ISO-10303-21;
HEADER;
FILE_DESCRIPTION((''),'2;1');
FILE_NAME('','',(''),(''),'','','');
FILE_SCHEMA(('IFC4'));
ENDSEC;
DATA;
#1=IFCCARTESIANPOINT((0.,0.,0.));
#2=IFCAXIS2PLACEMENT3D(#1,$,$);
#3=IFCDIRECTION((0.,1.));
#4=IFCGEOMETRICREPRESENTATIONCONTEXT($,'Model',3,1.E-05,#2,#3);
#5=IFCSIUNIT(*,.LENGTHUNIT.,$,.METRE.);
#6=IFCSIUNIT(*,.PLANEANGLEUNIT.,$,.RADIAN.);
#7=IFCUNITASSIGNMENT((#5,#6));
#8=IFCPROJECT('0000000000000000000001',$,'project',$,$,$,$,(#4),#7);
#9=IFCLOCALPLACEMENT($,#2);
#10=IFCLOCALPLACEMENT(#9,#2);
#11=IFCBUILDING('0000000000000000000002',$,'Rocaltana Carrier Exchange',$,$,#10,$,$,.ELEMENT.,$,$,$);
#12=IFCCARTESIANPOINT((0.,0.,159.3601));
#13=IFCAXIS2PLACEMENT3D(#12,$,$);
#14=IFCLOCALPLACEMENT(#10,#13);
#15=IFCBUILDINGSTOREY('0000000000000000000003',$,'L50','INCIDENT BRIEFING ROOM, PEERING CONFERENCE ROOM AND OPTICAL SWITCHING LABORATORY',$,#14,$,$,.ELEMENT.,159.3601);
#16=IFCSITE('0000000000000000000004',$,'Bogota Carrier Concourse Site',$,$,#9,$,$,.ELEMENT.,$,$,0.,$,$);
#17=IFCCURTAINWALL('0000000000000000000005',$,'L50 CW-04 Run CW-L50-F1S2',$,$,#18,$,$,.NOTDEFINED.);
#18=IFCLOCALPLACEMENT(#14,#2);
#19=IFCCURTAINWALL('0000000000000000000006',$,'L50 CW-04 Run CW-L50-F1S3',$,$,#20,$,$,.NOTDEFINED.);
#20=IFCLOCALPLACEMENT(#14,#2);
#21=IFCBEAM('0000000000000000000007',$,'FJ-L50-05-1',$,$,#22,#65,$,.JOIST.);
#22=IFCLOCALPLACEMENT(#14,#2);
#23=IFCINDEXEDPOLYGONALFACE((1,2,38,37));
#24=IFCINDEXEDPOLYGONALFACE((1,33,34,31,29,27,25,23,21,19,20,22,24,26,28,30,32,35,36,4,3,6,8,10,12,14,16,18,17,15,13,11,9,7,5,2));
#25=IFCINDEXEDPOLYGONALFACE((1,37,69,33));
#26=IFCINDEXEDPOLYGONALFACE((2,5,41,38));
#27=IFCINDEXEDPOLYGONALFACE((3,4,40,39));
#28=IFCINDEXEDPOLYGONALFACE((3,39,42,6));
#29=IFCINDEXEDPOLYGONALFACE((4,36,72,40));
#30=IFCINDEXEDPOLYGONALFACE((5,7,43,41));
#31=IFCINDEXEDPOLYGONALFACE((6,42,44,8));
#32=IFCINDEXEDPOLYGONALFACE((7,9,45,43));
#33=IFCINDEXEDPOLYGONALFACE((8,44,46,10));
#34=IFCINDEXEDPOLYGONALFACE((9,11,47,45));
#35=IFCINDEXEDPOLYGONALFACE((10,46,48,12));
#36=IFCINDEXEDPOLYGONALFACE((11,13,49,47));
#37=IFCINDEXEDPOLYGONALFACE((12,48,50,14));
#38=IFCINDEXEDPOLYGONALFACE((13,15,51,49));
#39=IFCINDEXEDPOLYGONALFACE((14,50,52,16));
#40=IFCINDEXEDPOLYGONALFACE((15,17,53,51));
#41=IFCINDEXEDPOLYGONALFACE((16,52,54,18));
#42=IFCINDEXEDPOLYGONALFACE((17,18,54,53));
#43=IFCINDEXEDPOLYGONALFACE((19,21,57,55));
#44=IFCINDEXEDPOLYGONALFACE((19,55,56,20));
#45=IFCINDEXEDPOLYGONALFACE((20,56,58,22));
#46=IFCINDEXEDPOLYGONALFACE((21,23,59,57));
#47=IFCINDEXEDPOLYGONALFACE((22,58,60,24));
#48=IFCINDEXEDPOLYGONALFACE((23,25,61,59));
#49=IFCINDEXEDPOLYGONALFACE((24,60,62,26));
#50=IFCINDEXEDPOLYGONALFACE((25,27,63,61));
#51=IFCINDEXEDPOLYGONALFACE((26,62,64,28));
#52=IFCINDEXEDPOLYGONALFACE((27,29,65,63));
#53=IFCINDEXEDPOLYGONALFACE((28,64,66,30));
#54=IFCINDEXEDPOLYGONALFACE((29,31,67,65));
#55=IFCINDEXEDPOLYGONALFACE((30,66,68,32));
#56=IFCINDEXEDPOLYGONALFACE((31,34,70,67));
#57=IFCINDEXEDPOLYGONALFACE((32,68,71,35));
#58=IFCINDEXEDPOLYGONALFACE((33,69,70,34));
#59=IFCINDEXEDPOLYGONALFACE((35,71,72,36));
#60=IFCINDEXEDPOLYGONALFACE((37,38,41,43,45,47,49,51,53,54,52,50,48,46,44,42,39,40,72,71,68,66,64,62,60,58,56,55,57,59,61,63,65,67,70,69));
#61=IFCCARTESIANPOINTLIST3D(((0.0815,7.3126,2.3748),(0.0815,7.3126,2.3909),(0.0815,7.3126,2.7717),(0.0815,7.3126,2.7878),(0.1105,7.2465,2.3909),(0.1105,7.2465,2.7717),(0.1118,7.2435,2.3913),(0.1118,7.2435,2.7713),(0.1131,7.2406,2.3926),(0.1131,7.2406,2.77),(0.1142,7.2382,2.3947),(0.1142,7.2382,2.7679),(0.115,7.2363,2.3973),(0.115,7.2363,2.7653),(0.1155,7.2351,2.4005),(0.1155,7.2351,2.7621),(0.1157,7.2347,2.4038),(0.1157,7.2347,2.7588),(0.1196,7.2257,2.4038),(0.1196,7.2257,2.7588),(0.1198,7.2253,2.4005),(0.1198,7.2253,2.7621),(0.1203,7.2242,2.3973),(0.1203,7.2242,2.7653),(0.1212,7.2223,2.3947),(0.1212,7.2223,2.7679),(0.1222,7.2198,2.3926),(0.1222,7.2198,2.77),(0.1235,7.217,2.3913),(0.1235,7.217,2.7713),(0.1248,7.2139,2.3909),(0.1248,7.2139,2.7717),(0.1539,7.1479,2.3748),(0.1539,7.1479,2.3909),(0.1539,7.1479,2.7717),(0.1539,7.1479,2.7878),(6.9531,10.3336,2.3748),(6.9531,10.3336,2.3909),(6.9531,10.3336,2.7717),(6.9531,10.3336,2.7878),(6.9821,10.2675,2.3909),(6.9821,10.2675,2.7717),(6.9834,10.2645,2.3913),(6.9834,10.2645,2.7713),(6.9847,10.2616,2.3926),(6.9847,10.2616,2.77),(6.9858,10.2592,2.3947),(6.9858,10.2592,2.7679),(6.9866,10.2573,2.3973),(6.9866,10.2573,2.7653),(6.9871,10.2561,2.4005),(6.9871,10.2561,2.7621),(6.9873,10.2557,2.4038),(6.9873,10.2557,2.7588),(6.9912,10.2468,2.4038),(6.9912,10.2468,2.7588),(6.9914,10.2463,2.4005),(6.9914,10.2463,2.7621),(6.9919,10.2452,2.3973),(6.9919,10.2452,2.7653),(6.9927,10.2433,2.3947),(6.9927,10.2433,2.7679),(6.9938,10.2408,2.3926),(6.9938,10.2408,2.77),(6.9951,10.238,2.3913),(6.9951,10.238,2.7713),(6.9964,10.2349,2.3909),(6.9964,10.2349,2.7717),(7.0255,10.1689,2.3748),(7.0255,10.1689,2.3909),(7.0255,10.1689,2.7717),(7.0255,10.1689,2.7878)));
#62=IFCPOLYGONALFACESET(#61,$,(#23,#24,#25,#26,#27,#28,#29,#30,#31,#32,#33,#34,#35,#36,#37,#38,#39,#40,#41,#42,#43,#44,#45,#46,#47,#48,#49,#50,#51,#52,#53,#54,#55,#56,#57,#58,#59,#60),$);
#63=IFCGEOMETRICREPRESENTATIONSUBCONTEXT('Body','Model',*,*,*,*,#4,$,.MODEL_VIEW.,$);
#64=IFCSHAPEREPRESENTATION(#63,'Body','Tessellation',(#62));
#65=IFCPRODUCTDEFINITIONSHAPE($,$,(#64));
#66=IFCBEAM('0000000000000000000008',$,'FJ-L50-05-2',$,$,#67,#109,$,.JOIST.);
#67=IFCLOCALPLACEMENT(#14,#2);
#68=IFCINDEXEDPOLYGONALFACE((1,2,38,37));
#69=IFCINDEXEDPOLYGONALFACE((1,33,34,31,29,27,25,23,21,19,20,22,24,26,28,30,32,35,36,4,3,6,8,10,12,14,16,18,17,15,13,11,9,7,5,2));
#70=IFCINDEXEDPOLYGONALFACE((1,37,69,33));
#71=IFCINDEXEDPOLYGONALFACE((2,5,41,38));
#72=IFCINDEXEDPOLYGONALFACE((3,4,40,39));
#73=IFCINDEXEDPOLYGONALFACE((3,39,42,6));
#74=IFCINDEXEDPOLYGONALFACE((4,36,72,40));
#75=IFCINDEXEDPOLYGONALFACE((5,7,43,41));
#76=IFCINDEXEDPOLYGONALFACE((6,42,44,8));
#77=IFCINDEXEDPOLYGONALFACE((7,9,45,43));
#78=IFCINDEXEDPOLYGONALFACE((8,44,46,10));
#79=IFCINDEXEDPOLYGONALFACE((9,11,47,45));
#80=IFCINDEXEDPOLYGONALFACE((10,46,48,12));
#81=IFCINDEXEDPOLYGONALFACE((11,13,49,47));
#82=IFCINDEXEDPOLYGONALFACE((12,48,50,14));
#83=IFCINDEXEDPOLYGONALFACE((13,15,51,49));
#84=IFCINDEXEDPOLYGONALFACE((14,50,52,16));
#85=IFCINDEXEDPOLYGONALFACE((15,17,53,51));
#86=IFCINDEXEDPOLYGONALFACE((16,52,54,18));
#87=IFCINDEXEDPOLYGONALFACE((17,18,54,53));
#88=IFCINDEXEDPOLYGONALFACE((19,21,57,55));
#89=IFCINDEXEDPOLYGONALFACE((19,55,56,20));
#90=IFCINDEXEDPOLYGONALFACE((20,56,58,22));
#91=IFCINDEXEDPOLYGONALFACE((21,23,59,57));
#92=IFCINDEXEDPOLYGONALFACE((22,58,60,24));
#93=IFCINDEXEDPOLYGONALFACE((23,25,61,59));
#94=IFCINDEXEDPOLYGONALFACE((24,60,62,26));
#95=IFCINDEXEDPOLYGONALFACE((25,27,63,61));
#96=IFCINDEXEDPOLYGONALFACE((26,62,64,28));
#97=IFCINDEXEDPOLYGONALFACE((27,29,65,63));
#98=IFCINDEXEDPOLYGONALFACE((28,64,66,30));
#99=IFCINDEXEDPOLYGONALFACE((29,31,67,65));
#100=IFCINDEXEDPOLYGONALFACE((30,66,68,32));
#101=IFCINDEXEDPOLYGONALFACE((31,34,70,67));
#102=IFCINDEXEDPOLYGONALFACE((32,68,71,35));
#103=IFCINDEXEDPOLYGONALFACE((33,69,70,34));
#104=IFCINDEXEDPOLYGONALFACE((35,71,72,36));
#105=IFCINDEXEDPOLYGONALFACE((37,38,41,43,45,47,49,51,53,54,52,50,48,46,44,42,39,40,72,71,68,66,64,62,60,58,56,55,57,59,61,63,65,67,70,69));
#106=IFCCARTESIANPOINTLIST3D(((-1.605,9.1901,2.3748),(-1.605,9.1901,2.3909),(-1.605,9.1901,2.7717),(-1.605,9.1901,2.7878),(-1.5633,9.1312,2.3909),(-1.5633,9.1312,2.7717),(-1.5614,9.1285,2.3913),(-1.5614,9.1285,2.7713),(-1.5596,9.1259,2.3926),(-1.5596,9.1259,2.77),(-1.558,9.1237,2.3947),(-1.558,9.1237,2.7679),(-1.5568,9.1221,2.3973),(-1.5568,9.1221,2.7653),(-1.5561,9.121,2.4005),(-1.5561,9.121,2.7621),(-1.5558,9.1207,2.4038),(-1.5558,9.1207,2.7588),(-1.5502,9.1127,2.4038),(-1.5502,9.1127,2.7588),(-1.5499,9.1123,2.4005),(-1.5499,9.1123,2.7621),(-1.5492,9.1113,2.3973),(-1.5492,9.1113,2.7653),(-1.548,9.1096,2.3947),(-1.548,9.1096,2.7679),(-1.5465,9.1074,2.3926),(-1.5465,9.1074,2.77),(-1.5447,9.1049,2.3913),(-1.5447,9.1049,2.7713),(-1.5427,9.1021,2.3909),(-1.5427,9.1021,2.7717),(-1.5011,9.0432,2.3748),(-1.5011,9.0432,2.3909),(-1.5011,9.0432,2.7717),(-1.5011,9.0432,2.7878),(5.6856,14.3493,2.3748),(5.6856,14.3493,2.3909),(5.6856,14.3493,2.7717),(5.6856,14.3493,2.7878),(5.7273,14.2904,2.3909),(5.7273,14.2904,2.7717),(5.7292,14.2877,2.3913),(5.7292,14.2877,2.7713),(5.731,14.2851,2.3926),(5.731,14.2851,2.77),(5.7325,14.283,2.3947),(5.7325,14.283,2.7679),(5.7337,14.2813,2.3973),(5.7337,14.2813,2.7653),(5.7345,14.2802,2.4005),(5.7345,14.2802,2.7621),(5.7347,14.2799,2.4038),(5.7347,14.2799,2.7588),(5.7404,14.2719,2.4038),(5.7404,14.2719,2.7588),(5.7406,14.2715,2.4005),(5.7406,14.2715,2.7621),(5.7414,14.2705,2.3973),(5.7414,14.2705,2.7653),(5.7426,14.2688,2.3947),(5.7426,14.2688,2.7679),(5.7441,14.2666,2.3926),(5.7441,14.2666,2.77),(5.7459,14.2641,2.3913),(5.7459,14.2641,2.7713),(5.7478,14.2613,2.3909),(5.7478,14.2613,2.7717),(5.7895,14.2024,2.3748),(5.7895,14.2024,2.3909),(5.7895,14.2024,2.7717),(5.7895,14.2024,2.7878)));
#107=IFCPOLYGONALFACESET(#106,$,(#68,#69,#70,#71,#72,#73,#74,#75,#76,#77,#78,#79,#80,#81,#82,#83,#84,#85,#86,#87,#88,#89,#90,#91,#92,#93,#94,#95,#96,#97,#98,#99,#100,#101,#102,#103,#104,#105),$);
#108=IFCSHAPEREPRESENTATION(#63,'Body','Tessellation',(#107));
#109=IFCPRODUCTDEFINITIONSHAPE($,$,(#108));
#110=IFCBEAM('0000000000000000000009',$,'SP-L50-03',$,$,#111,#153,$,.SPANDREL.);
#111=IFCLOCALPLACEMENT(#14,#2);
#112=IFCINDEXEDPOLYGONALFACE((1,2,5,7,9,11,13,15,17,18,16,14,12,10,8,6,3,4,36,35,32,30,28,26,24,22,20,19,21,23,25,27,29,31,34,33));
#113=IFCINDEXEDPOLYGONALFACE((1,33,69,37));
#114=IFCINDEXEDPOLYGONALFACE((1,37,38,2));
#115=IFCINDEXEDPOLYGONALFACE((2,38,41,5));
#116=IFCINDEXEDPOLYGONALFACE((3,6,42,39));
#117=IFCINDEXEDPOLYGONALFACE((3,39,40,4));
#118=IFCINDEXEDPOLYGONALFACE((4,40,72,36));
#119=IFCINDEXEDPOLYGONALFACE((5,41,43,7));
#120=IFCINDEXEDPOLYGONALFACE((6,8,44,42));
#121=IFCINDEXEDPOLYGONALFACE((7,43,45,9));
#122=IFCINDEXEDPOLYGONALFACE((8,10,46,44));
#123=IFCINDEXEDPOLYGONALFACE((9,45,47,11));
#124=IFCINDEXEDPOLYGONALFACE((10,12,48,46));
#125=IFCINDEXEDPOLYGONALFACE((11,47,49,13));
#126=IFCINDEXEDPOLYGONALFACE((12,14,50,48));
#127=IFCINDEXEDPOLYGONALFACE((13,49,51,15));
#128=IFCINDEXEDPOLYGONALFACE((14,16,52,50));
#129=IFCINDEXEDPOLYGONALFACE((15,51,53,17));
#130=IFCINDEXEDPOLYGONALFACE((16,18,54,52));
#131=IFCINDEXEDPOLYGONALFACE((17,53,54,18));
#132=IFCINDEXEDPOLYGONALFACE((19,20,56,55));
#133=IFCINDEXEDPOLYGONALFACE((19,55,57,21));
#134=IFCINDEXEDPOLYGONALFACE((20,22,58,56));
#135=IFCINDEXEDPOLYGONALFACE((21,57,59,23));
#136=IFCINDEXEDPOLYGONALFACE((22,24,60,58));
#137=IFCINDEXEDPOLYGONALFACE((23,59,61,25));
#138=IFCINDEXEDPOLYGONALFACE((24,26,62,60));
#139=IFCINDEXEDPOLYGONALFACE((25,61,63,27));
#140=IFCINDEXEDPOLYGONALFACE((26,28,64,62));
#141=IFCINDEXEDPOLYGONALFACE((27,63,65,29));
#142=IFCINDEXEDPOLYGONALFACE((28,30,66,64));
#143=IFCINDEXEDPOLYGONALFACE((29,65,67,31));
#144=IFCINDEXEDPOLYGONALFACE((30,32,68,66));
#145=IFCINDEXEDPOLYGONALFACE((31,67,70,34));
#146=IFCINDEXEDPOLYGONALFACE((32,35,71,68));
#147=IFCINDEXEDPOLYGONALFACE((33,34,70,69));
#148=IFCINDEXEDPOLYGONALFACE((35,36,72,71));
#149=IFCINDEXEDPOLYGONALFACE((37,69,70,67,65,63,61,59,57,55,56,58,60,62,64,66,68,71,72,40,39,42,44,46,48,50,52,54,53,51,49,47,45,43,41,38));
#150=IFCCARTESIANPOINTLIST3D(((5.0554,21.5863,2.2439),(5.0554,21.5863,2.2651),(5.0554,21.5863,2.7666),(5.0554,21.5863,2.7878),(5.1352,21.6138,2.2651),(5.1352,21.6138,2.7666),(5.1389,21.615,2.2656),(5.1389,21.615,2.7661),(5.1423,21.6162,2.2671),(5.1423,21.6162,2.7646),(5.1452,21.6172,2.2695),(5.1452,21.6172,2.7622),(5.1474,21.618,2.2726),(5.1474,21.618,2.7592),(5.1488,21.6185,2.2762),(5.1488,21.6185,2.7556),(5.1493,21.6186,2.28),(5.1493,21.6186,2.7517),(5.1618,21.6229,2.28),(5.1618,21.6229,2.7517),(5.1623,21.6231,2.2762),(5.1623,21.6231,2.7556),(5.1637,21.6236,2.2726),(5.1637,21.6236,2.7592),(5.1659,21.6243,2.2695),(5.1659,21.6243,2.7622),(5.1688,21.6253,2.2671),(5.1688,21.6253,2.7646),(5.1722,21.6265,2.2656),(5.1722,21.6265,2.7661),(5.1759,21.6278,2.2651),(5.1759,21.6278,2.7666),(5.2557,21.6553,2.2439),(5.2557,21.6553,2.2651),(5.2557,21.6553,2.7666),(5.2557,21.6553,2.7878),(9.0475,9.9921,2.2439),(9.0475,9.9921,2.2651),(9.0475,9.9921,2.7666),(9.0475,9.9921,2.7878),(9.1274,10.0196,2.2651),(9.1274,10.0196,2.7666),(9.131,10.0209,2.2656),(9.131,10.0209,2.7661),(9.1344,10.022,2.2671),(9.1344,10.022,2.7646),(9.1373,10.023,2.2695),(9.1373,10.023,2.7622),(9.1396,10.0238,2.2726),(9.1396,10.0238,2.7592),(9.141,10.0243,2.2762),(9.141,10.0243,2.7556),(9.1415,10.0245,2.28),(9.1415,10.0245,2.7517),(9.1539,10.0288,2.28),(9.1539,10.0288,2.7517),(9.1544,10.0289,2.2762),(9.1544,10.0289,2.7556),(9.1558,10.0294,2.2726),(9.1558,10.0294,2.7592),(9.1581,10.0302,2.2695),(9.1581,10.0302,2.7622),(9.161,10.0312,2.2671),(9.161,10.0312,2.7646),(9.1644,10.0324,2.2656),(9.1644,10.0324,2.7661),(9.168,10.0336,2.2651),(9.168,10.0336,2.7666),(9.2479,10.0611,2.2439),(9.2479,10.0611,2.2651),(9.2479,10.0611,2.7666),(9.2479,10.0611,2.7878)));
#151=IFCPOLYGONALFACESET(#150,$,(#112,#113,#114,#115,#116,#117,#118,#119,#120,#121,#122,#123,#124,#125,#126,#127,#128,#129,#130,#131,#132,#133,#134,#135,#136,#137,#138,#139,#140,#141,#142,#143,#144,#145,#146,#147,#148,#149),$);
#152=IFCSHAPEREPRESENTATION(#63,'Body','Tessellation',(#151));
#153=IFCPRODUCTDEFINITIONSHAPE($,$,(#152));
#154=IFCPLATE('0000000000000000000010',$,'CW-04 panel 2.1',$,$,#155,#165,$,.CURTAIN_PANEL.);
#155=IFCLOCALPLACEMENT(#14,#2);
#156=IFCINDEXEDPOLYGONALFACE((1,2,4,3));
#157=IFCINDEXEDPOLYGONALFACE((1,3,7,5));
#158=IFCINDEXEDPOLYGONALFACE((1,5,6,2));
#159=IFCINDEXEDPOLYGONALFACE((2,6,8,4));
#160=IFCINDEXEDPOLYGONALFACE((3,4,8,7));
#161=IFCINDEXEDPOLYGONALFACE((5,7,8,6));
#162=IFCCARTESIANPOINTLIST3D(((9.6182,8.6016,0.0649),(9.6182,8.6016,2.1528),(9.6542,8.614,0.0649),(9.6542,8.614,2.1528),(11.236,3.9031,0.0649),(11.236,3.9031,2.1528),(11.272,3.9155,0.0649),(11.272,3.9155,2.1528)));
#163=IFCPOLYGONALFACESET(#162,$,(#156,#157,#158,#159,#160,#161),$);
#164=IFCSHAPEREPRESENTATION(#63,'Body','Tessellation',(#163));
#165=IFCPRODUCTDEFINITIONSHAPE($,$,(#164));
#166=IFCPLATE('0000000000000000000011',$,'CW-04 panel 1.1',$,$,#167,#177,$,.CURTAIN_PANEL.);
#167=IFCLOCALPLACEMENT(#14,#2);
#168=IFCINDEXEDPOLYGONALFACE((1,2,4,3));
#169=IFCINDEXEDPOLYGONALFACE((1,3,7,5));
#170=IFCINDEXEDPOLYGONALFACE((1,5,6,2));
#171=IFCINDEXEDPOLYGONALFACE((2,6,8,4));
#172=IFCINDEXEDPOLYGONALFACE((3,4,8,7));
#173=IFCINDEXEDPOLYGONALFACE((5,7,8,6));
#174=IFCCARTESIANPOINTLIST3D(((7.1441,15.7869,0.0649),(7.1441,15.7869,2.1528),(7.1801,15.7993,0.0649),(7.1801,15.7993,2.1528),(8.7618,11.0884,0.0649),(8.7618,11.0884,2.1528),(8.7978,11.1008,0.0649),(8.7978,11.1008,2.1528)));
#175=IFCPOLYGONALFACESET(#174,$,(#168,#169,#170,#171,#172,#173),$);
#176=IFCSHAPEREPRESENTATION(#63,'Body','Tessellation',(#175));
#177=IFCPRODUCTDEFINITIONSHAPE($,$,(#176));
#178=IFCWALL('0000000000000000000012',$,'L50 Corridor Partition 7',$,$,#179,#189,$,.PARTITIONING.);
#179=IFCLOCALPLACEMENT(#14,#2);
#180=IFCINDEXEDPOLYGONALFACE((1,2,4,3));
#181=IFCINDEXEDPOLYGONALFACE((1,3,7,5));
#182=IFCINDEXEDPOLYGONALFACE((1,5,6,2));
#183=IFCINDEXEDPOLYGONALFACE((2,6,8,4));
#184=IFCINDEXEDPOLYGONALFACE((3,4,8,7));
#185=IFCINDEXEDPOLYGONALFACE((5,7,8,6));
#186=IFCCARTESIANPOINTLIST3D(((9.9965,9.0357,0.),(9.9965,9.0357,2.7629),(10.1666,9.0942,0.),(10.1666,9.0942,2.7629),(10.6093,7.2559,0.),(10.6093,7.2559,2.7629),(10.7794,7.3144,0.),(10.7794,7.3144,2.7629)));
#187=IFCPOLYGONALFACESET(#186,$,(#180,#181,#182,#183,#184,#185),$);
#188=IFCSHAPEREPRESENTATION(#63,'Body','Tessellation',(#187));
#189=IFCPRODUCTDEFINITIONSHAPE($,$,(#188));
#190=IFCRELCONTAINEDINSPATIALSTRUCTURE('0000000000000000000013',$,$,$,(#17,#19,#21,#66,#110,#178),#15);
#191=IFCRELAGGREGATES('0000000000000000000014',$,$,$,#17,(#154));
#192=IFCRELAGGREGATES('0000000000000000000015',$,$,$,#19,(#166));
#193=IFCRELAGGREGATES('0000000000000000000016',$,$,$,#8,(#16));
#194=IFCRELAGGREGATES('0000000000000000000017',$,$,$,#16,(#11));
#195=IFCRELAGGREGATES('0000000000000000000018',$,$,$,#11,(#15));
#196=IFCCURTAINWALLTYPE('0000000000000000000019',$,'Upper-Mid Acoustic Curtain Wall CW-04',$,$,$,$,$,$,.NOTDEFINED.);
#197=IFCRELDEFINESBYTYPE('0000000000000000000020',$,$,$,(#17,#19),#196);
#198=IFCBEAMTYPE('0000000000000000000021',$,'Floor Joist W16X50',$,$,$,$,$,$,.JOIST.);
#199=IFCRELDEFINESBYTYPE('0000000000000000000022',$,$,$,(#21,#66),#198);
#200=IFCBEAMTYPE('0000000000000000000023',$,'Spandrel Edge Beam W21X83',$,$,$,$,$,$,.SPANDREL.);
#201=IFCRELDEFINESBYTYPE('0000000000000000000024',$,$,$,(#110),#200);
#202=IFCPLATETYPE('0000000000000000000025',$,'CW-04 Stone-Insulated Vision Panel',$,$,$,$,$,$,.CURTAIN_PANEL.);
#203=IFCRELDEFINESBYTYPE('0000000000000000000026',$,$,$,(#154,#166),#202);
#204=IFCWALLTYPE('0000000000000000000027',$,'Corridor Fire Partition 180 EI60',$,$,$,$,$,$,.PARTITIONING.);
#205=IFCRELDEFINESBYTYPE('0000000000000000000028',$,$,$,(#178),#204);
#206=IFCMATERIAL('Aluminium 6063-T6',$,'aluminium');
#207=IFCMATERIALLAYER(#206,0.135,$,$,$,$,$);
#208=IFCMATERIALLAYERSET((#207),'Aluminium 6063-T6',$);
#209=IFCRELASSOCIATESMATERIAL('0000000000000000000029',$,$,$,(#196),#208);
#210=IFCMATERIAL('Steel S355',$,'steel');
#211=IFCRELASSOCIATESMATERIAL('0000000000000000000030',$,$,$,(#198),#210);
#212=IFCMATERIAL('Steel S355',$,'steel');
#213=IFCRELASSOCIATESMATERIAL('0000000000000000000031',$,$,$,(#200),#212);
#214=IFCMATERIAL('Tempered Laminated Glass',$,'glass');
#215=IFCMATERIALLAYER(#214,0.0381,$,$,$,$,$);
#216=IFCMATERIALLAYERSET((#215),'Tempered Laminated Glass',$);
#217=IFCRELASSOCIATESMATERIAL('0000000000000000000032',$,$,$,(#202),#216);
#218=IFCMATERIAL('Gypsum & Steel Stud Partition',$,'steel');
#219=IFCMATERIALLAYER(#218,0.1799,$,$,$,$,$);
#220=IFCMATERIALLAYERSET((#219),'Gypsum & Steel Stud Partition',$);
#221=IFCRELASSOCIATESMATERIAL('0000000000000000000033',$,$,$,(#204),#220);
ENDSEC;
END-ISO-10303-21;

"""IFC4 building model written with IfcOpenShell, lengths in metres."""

from ifc_helpers import new_model, si_unit, direction, frame, frame_2d, origin, origin_2d, place, context, subcontext, project, spatial, rectangle, i_section, extrude, material, layer, layer_set, material_profile, profile_set, type_object, element, aggregate, save


model = new_model("IFC4")

# Units and contexts
model_context = context("Model", 3, precision=1e-05, world=origin(), true_north=direction((0.0, 1.0)))
body_context = subcontext(model_context, "Body", "Model", "MODEL_VIEW")
ifc_project = project(units=[si_unit("LENGTHUNIT", "METRE"), si_unit("PLANEANGLEUNIT", "RADIAN")], contexts=[model_context])

# Site, building, storey
site_placement = place(None, origin())
site = spatial("IfcSite", under=ifc_project, at=site_placement, Name="Bogota Carrier Concourse Site", CompositionType="ELEMENT", RefElevation=0.0)
building_placement = place(site_placement, origin())
building = spatial("IfcBuilding", under=site, at=building_placement, Name="Rocaltana Carrier Exchange", CompositionType="ELEMENT")
storey_placement = place(building_placement, frame((0.0, 0.0, 159.3601)))
storey = spatial("IfcBuildingStorey", under=building, at=storey_placement, Name="L50", Description="INCIDENT BRIEFING ROOM, PEERING CONFERENCE ROOM AND OPTICAL SWITCHING LABORATORY", CompositionType="ELEMENT", Elevation=159.3601)

# Curtain wall
ifc_material_1 = material(Name="Aluminium 6063-T6", Category="aluminium")
ifc_layer_1 = layer(ifc_material_1, 0.135)
ifc_layer_set_1 = layer_set([ifc_layer_1], Name="Aluminium 6063-T6")
curtain_wall_type = type_object("IfcCurtainWallType", Name="Upper-Mid Acoustic Curtain Wall CW-04", PredefinedType="NOTDEFINED", material=ifc_layer_set_1)
curtain_wall_1_placement = place(storey_placement, origin())
curtain_wall_1 = element("IfcCurtainWall", 1, at=curtain_wall_1_placement, inside=storey, type_object=curtain_wall_type, Name="L50 CW-04 Run CW-L50-F1S2", PredefinedType="NOTDEFINED")

# Curtain wall
curtain_wall_2_placement = place(storey_placement, origin())
curtain_wall_2 = element("IfcCurtainWall", 2, at=curtain_wall_2_placement, inside=storey, type_object=curtain_wall_type, Name="L50 CW-04 Run CW-L50-F1S3", PredefinedType="NOTDEFINED")

# Beams
ifc_material_2 = material(Name="Steel S355", Category="steel")
ifc_material_profile_1 = material_profile(ifc_material_2, i_section(OverallWidth=0.1799, OverallDepth=0.4131, WebThickness=0.0098, FlangeThickness=0.0161, FilletRadius=0.0129, at=origin_2d()), Name="W16X50")
ifc_profile_set_1 = profile_set([ifc_material_profile_1], Name="Steel S355")
beam_type_1 = type_object("IfcBeamType", Name="Floor Joist W16X50", PredefinedType="JOIST", material=ifc_profile_set_1)
beam_1_placement = place(storey_placement, frame((6.9893, 10.2512, 2.5813), z_axis=(-0.915438, -0.40246, 0.0), x_axis=(0.40246, -0.915438, 0.0)))
element("IfcBeam", 3, at=beam_1_placement, inside=storey, type_object=beam_type_1, Name="FJ-L50-05-1", PredefinedType="JOIST", context=body_context, shape_type="SweptSolid", body=[
    extrude(i_section(OverallWidth=0.1799, OverallDepth=0.4131, WebThickness=0.0098, FlangeThickness=0.0161, FilletRadius=0.0129, at=origin_2d()), origin(), (0.0, 0.0, 1.0), 7.5063),
])
beam_2_placement = place(storey_placement, frame((5.7375, 14.2759, 2.5813), z_axis=(-0.816285, -0.577649, 0.0), x_axis=(0.577649, -0.816285, 0.0)))
element("IfcBeam", 4, at=beam_2_placement, inside=storey, type_object=beam_type_1, Name="FJ-L50-05-2", PredefinedType="JOIST", context=body_context, shape_type="SweptSolid", body=[
    extrude(i_section(OverallWidth=0.1799, OverallDepth=0.4131, WebThickness=0.0098, FlangeThickness=0.0161, FilletRadius=0.0129, at=origin_2d()), origin(), (0.0, 0.0, 1.0), 8.9314),
])
ifc_material_3 = material(Name="Steel S355", Category="steel")
ifc_material_profile_2 = material_profile(ifc_material_3, i_section(OverallWidth=0.2119, OverallDepth=0.5439, WebThickness=0.0132, FlangeThickness=0.0212, FilletRadius=0.0149, at=origin_2d()), Name="W21X83")
ifc_profile_set_2 = profile_set([ifc_material_profile_2], Name="Steel S355")
beam_type_2 = type_object("IfcBeamType", Name="Spandrel Edge Beam W21X83", PredefinedType="SPANDREL", material=ifc_profile_set_2)
beam_3_placement = place(storey_placement, frame((9.1477, 10.0266, 2.5159), z_axis=(-0.325566, 0.945519, 0.0), x_axis=(-0.945519, -0.325566, 0.0)))
element("IfcBeam", 5, at=beam_3_placement, inside=storey, type_object=beam_type_2, Name="SP-L50-03", PredefinedType="SPANDREL", context=body_context, shape_type="SweptSolid", body=[
    extrude(i_section(OverallWidth=0.2119, OverallDepth=0.5439, WebThickness=0.0132, FlangeThickness=0.0212, FilletRadius=0.0149, at=origin_2d()), origin(), (0.0, 0.0, 1.0), 12.2622),
])

# Plates
ifc_material_4 = material(Name="Tempered Laminated Glass", Category="glass")
ifc_layer_2 = layer(ifc_material_4, 0.0381)
ifc_layer_set_2 = layer_set([ifc_layer_2], Name="Tempered Laminated Glass")
plate_type = type_object("IfcPlateType", Name="CW-04 Stone-Insulated Vision Panel", PredefinedType="CURTAIN_PANEL", material=ifc_layer_set_2)
plate_1_placement = place(storey_placement, frame((10.4451, 6.2585, 0.0649), z_axis=(0.0, 0.0, 1.0), x_axis=(-0.325562, 0.945521, 0.0)))
plate_1 = element("IfcPlate", 6, at=plate_1_placement, type_object=plate_type, Name="CW-04 panel 2.1", PredefinedType="CURTAIN_PANEL", context=body_context, shape_type="SweptSolid", body=[
    extrude(rectangle(XDim=4.9692, YDim=0.0381, at=origin_2d()), origin(), (0.0, 0.0, 1.0), 2.0879),
])
aggregate(curtain_wall_1, [plate_1])
plate_2_placement = place(storey_placement, frame((7.9709, 13.4438, 0.0649), z_axis=(0.0, 0.0, 1.0), x_axis=(-0.325559, 0.945522, 0.0)))
plate_2 = element("IfcPlate", 7, at=plate_2_placement, type_object=plate_type, Name="CW-04 panel 1.1", PredefinedType="CURTAIN_PANEL", context=body_context, shape_type="SweptSolid", body=[
    extrude(rectangle(XDim=4.9692, YDim=0.0381, at=origin_2d()), origin(), (0.0, 0.0, 1.0), 2.0879),
])
aggregate(curtain_wall_2, [plate_2])

# Wall
ifc_material_5 = material(Name="Gypsum & Steel Stud Partition", Category="steel")
ifc_layer_3 = layer(ifc_material_5, 0.1799)
ifc_layer_set_3 = layer_set([ifc_layer_3], Name="Gypsum & Steel Stud Partition")
wall_type_1 = type_object("IfcWallType", Name="Corridor Fire Partition 180 EI60", PredefinedType="PARTITIONING", material=ifc_layer_set_3)
wall_1_placement = place(storey_placement, frame((10.0815, 9.0649, 0.0), z_axis=(0.0, 0.0, 1.0), x_axis=(0.325551, -0.945524, 0.0)))
element("IfcWall", 8, at=wall_1_placement, inside=storey, type_object=wall_type_1, Name="L50 Corridor Partition 7", PredefinedType="PARTITIONING", context=body_context, shape_type="SweptSolid", body=[
    extrude(rectangle(XDim=1.8823, YDim=0.1799, at=frame_2d((0.9412, 0.0))), origin(), (0.0, 0.0, 1.0), 2.7629),
])

save(model, "model.ifc")
